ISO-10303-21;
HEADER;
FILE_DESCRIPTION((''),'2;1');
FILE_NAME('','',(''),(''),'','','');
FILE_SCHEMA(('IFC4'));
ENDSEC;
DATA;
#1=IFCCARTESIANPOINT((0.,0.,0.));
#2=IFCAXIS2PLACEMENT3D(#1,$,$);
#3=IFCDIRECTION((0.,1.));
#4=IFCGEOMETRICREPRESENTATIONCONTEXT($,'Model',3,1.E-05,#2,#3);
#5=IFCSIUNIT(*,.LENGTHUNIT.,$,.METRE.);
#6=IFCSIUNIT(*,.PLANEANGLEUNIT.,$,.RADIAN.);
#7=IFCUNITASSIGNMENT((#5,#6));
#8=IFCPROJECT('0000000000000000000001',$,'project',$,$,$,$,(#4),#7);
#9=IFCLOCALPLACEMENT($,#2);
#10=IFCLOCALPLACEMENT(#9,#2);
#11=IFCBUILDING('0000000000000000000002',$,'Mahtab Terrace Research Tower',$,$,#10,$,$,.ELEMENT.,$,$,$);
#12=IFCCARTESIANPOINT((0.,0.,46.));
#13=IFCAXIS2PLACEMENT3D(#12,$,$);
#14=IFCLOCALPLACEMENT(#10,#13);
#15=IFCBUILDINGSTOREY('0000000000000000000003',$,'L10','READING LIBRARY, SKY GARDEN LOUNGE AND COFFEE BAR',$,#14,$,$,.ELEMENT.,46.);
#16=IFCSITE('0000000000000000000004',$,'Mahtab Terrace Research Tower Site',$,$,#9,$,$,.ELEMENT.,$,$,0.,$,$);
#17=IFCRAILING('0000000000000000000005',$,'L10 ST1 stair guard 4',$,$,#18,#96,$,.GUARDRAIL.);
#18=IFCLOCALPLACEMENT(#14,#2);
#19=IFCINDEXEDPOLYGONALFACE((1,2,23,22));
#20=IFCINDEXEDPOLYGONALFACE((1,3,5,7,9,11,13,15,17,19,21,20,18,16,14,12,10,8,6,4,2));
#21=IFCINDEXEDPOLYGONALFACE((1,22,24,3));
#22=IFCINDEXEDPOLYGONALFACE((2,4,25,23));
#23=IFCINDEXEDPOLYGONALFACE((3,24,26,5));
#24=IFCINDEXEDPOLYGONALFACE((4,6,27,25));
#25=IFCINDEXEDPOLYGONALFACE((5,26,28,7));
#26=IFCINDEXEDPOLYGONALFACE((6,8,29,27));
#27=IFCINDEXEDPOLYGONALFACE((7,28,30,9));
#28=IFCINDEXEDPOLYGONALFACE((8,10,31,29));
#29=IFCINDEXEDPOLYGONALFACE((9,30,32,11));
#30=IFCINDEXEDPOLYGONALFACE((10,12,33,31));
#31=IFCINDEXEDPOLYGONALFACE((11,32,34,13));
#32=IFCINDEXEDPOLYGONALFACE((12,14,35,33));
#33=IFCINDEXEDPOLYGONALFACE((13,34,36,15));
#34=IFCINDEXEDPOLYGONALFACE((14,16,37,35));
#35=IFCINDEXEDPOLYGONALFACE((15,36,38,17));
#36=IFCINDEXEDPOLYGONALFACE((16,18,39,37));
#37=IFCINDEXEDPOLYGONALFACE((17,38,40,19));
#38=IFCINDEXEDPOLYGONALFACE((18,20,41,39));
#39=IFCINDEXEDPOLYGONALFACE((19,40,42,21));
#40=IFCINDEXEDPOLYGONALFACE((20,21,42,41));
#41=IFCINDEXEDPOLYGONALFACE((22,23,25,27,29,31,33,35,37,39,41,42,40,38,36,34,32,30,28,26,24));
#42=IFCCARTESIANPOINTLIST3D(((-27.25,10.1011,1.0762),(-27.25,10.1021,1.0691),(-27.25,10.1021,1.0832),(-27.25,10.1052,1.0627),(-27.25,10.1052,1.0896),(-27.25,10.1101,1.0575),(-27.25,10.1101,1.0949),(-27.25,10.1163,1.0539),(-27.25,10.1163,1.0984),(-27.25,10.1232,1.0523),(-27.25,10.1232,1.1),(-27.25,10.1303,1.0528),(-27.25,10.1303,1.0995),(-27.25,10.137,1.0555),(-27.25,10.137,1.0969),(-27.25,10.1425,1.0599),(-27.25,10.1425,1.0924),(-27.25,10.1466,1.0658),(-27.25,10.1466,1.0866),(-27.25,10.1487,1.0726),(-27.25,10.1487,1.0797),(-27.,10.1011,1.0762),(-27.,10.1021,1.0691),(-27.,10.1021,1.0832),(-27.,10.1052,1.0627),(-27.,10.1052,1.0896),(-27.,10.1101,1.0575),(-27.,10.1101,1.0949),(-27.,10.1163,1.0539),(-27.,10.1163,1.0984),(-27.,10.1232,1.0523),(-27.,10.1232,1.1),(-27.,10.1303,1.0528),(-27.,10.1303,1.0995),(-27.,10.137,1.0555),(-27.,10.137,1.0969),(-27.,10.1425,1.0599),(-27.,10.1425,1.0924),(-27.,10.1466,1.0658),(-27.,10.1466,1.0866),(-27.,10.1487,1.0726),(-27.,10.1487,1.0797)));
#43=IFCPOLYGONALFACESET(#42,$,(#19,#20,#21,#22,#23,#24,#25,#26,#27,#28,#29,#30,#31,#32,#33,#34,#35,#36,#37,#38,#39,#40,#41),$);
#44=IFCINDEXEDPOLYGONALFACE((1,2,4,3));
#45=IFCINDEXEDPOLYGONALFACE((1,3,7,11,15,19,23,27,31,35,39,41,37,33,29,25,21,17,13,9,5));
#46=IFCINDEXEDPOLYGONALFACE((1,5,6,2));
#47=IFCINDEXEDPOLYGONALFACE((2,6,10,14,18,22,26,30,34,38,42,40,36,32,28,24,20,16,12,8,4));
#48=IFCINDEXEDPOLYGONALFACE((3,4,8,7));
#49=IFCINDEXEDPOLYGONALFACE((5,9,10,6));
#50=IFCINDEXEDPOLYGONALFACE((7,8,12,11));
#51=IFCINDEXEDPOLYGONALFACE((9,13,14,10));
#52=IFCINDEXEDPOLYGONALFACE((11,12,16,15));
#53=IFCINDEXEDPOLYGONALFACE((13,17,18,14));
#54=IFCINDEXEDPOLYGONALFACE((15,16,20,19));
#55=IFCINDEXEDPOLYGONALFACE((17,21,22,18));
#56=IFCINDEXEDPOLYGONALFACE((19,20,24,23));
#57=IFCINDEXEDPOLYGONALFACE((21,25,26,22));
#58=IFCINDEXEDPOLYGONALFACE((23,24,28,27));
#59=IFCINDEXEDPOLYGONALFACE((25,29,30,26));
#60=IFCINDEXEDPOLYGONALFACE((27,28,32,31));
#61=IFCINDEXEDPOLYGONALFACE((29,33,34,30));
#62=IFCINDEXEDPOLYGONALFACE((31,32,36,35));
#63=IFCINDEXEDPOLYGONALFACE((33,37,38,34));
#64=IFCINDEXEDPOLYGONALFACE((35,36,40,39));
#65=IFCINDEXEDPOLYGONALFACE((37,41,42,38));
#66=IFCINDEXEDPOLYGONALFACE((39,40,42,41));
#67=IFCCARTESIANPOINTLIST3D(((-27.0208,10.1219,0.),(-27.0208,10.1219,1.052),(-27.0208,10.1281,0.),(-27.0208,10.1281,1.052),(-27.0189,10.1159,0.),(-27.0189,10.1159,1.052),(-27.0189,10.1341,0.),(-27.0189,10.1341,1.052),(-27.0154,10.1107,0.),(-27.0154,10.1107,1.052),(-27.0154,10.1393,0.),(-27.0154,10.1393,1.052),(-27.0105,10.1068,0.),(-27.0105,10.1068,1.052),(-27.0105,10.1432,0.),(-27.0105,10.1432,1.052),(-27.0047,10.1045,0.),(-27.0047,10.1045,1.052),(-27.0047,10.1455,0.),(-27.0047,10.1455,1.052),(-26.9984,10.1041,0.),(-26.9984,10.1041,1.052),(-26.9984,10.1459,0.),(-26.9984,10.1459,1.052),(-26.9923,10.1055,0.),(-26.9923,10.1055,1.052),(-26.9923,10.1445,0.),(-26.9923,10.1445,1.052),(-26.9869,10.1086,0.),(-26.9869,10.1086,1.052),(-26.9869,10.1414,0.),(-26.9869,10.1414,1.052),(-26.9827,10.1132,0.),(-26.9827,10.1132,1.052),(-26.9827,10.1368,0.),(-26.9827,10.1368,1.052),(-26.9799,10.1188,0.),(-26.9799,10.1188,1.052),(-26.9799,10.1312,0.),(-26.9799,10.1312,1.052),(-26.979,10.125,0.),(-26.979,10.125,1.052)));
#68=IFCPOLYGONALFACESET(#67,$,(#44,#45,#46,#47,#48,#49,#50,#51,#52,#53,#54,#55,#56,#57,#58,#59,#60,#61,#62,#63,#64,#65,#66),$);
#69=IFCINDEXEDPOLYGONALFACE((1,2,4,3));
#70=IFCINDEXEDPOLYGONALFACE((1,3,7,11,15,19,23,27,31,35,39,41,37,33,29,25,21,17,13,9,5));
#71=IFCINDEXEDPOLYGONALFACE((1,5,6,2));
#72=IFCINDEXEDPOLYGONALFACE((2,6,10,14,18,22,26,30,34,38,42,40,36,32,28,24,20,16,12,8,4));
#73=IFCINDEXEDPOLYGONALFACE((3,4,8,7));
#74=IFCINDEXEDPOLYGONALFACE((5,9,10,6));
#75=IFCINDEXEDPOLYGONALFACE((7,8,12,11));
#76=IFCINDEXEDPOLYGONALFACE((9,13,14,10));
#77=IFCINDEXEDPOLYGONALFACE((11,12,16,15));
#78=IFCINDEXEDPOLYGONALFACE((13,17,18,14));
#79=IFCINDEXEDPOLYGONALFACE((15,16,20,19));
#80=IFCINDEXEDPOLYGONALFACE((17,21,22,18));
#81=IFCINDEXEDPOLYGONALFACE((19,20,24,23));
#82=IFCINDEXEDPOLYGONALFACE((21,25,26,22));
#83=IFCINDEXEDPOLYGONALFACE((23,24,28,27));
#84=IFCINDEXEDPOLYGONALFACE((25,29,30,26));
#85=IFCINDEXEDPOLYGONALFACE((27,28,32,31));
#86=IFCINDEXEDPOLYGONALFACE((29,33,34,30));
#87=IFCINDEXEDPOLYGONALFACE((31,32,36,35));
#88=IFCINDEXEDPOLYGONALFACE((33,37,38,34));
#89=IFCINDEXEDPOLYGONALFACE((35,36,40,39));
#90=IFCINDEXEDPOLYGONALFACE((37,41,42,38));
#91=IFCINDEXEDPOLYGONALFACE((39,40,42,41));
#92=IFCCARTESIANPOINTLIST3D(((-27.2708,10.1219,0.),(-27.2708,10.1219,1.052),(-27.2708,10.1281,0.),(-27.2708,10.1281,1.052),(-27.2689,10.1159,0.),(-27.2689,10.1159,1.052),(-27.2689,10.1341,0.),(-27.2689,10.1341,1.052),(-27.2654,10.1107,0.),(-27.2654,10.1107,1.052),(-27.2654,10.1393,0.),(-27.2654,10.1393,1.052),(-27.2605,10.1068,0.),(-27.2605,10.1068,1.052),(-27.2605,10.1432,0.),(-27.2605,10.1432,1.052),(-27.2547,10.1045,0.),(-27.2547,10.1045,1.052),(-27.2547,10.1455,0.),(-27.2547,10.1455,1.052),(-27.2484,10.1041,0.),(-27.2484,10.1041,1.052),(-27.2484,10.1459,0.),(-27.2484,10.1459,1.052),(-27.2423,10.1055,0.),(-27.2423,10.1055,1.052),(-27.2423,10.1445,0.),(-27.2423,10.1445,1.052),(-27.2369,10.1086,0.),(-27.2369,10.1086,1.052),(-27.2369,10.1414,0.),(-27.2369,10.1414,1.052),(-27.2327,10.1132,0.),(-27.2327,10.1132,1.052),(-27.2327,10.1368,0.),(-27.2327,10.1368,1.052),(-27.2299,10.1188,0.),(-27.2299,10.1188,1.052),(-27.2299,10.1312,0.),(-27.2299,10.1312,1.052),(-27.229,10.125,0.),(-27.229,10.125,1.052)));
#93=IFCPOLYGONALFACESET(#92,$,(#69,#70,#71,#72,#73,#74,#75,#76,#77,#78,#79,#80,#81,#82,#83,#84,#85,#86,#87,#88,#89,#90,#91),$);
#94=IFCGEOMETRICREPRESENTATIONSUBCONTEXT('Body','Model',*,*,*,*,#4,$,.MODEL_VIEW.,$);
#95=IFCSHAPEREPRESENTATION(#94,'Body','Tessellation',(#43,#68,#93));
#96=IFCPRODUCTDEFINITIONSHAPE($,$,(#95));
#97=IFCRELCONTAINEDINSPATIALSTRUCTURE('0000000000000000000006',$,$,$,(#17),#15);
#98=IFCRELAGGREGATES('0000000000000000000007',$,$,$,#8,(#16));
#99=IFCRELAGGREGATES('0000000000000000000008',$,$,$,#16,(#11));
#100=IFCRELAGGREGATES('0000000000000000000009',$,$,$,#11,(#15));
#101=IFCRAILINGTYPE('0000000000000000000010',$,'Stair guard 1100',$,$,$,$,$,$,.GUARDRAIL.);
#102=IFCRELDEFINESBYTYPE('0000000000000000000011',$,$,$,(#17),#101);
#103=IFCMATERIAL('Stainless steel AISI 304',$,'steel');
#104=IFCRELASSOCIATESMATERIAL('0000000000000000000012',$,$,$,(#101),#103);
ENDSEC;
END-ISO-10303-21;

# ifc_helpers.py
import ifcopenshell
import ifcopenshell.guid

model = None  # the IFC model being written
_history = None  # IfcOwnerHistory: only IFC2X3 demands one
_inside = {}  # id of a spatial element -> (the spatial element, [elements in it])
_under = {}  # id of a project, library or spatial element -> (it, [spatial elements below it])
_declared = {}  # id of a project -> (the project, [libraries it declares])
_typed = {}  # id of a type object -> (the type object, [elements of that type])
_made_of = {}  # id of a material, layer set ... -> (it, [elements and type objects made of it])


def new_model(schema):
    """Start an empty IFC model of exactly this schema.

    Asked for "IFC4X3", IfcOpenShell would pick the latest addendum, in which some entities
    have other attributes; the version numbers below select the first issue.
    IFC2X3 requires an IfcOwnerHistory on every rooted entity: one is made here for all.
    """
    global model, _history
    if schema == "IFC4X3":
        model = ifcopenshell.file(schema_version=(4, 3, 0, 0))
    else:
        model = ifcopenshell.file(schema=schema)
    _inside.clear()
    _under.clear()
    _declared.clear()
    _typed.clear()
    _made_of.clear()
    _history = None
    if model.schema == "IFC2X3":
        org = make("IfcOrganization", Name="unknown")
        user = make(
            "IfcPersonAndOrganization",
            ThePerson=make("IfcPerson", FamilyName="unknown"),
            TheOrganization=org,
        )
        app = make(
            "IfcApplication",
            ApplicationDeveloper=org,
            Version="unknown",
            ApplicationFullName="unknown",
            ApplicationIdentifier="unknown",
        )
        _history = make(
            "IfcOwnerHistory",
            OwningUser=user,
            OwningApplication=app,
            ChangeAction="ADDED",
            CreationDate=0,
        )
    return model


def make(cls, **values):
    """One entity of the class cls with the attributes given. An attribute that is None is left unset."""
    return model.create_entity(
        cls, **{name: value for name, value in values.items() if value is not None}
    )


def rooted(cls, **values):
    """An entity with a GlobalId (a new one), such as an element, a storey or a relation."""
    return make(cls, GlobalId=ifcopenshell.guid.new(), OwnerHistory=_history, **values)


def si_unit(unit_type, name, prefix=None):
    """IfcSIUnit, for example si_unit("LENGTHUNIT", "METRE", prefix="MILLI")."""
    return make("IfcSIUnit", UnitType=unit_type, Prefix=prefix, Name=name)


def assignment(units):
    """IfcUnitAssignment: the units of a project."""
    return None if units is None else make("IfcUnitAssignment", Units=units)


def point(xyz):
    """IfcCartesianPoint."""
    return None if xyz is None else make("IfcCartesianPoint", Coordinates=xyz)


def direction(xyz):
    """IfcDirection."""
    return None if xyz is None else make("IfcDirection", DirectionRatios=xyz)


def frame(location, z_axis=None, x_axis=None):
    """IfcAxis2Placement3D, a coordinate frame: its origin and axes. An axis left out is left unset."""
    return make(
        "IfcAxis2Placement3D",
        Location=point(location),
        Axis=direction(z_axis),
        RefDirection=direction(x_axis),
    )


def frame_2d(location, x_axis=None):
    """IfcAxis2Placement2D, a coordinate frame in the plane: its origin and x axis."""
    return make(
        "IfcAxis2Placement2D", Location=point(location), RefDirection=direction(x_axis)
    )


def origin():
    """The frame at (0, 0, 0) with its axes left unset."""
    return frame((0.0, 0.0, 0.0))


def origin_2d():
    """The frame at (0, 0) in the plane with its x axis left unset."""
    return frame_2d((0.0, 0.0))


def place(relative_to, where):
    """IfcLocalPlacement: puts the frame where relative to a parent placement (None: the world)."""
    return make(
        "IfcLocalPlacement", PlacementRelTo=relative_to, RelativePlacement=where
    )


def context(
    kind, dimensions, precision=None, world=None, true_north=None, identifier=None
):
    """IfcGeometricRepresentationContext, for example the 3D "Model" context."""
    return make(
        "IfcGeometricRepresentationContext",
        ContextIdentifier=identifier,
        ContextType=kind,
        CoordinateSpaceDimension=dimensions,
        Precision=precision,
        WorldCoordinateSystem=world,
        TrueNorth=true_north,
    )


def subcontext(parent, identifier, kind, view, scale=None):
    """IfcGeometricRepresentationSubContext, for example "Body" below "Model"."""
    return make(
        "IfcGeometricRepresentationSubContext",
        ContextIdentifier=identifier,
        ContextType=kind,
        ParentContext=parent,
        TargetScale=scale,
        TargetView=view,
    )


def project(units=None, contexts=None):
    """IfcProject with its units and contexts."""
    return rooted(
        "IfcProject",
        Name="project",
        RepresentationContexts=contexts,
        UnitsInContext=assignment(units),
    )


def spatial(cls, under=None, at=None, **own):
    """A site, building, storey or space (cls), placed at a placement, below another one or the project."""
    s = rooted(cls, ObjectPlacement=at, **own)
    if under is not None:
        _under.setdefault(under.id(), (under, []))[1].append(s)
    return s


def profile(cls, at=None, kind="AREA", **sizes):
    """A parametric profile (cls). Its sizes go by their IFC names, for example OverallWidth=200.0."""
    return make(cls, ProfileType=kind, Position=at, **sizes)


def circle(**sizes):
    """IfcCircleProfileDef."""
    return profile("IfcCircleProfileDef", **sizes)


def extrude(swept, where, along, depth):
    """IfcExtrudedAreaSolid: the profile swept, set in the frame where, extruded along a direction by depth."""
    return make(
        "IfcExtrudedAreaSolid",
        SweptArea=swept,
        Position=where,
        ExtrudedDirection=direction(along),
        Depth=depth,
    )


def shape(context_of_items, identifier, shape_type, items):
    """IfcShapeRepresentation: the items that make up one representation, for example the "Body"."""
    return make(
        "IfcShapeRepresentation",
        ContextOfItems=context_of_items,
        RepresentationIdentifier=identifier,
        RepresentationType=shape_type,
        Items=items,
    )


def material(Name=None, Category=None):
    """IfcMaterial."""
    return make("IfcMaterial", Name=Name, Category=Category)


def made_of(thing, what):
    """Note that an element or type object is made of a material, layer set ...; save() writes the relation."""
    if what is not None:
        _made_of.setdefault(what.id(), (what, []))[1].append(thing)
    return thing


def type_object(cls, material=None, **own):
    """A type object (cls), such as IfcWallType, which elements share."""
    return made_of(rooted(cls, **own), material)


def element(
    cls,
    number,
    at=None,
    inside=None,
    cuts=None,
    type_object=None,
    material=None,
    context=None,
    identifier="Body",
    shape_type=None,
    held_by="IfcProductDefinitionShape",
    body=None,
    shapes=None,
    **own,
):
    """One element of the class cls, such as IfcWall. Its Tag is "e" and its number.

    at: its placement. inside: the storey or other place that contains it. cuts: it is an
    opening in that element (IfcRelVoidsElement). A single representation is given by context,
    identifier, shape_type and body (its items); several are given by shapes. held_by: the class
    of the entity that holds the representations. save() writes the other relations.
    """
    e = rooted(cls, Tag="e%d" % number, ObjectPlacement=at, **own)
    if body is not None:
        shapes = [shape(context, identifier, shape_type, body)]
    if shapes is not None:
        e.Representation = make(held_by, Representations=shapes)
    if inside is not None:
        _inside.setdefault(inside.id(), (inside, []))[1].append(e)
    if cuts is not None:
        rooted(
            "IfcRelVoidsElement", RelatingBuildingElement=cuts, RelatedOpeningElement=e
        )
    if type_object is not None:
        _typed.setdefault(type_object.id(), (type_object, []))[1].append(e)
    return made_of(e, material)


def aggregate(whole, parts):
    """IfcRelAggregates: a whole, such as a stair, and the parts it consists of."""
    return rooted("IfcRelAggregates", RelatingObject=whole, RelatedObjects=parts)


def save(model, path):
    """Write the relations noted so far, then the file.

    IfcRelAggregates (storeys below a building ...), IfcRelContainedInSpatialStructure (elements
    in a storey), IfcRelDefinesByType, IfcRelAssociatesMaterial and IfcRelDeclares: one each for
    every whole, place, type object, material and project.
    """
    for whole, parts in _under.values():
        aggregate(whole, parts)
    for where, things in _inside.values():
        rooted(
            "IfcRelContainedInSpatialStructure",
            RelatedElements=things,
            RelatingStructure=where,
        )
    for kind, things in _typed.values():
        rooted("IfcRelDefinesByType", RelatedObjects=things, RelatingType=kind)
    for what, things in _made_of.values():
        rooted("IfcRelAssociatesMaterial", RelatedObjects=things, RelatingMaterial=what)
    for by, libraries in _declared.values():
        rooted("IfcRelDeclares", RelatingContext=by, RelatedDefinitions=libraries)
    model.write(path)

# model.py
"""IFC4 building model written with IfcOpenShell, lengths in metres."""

from ifc_helpers import new_model, si_unit, direction, frame, origin, origin_2d, place, context, subcontext, project, spatial, circle, extrude, material, type_object, element, save


model = new_model("IFC4")

# Units and contexts
model_context = context("Model", 3, precision=1e-05, world=origin(), true_north=direction((0.0, 1.0)))
body_context = subcontext(model_context, "Body", "Model", "MODEL_VIEW")
ifc_project = project(units=[si_unit("LENGTHUNIT", "METRE"), si_unit("PLANEANGLEUNIT", "RADIAN")], contexts=[model_context])

# Site, building, storey
site_placement = place(None, origin())
site = spatial("IfcSite", under=ifc_project, at=site_placement, Name="Mahtab Terrace Research Tower Site", CompositionType="ELEMENT", RefElevation=0.0)
building_placement = place(site_placement, origin())
building = spatial("IfcBuilding", under=site, at=building_placement, Name="Mahtab Terrace Research Tower", CompositionType="ELEMENT")
storey_placement = place(building_placement, frame((0.0, 0.0, 46.0)))
storey = spatial("IfcBuildingStorey", under=building, at=storey_placement, Name="L10", Description="READING LIBRARY, SKY GARDEN LOUNGE AND COFFEE BAR", CompositionType="ELEMENT", Elevation=46.0)

# Railing
ifc_material_1 = material(Name="Stainless steel AISI 304", Category="steel")
railing_type_1 = type_object("IfcRailingType", Name="Stair guard 1100", PredefinedType="GUARDRAIL", material=ifc_material_1)
railing_1_placement = place(storey_placement, frame((-27.0, 10.125, 0.0)))
element("IfcRailing", 1, at=railing_1_placement, inside=storey, type_object=railing_type_1, Name="L10 ST1 stair guard 4", PredefinedType="GUARDRAIL", context=body_context, shape_type="SweptSolid", body=[
    extrude(circle(Radius=0.0239, at=origin_2d()), frame((0.0, 0.0, 1.0762), z_axis=(-1.0, 0.0, 0.0), x_axis=(0.0, -1.0, 0.0)), (0.0, 0.0, 1.0), 0.25),
    extrude(circle(Radius=0.021, at=origin_2d()), origin(), (0.0, 0.0, 1.0), 1.052),
    extrude(circle(Radius=0.021, at=origin_2d()), frame((-0.25, 0.0, 0.0)), (0.0, 0.0, 1.0), 1.052),
])

save(model, "model.ifc")
